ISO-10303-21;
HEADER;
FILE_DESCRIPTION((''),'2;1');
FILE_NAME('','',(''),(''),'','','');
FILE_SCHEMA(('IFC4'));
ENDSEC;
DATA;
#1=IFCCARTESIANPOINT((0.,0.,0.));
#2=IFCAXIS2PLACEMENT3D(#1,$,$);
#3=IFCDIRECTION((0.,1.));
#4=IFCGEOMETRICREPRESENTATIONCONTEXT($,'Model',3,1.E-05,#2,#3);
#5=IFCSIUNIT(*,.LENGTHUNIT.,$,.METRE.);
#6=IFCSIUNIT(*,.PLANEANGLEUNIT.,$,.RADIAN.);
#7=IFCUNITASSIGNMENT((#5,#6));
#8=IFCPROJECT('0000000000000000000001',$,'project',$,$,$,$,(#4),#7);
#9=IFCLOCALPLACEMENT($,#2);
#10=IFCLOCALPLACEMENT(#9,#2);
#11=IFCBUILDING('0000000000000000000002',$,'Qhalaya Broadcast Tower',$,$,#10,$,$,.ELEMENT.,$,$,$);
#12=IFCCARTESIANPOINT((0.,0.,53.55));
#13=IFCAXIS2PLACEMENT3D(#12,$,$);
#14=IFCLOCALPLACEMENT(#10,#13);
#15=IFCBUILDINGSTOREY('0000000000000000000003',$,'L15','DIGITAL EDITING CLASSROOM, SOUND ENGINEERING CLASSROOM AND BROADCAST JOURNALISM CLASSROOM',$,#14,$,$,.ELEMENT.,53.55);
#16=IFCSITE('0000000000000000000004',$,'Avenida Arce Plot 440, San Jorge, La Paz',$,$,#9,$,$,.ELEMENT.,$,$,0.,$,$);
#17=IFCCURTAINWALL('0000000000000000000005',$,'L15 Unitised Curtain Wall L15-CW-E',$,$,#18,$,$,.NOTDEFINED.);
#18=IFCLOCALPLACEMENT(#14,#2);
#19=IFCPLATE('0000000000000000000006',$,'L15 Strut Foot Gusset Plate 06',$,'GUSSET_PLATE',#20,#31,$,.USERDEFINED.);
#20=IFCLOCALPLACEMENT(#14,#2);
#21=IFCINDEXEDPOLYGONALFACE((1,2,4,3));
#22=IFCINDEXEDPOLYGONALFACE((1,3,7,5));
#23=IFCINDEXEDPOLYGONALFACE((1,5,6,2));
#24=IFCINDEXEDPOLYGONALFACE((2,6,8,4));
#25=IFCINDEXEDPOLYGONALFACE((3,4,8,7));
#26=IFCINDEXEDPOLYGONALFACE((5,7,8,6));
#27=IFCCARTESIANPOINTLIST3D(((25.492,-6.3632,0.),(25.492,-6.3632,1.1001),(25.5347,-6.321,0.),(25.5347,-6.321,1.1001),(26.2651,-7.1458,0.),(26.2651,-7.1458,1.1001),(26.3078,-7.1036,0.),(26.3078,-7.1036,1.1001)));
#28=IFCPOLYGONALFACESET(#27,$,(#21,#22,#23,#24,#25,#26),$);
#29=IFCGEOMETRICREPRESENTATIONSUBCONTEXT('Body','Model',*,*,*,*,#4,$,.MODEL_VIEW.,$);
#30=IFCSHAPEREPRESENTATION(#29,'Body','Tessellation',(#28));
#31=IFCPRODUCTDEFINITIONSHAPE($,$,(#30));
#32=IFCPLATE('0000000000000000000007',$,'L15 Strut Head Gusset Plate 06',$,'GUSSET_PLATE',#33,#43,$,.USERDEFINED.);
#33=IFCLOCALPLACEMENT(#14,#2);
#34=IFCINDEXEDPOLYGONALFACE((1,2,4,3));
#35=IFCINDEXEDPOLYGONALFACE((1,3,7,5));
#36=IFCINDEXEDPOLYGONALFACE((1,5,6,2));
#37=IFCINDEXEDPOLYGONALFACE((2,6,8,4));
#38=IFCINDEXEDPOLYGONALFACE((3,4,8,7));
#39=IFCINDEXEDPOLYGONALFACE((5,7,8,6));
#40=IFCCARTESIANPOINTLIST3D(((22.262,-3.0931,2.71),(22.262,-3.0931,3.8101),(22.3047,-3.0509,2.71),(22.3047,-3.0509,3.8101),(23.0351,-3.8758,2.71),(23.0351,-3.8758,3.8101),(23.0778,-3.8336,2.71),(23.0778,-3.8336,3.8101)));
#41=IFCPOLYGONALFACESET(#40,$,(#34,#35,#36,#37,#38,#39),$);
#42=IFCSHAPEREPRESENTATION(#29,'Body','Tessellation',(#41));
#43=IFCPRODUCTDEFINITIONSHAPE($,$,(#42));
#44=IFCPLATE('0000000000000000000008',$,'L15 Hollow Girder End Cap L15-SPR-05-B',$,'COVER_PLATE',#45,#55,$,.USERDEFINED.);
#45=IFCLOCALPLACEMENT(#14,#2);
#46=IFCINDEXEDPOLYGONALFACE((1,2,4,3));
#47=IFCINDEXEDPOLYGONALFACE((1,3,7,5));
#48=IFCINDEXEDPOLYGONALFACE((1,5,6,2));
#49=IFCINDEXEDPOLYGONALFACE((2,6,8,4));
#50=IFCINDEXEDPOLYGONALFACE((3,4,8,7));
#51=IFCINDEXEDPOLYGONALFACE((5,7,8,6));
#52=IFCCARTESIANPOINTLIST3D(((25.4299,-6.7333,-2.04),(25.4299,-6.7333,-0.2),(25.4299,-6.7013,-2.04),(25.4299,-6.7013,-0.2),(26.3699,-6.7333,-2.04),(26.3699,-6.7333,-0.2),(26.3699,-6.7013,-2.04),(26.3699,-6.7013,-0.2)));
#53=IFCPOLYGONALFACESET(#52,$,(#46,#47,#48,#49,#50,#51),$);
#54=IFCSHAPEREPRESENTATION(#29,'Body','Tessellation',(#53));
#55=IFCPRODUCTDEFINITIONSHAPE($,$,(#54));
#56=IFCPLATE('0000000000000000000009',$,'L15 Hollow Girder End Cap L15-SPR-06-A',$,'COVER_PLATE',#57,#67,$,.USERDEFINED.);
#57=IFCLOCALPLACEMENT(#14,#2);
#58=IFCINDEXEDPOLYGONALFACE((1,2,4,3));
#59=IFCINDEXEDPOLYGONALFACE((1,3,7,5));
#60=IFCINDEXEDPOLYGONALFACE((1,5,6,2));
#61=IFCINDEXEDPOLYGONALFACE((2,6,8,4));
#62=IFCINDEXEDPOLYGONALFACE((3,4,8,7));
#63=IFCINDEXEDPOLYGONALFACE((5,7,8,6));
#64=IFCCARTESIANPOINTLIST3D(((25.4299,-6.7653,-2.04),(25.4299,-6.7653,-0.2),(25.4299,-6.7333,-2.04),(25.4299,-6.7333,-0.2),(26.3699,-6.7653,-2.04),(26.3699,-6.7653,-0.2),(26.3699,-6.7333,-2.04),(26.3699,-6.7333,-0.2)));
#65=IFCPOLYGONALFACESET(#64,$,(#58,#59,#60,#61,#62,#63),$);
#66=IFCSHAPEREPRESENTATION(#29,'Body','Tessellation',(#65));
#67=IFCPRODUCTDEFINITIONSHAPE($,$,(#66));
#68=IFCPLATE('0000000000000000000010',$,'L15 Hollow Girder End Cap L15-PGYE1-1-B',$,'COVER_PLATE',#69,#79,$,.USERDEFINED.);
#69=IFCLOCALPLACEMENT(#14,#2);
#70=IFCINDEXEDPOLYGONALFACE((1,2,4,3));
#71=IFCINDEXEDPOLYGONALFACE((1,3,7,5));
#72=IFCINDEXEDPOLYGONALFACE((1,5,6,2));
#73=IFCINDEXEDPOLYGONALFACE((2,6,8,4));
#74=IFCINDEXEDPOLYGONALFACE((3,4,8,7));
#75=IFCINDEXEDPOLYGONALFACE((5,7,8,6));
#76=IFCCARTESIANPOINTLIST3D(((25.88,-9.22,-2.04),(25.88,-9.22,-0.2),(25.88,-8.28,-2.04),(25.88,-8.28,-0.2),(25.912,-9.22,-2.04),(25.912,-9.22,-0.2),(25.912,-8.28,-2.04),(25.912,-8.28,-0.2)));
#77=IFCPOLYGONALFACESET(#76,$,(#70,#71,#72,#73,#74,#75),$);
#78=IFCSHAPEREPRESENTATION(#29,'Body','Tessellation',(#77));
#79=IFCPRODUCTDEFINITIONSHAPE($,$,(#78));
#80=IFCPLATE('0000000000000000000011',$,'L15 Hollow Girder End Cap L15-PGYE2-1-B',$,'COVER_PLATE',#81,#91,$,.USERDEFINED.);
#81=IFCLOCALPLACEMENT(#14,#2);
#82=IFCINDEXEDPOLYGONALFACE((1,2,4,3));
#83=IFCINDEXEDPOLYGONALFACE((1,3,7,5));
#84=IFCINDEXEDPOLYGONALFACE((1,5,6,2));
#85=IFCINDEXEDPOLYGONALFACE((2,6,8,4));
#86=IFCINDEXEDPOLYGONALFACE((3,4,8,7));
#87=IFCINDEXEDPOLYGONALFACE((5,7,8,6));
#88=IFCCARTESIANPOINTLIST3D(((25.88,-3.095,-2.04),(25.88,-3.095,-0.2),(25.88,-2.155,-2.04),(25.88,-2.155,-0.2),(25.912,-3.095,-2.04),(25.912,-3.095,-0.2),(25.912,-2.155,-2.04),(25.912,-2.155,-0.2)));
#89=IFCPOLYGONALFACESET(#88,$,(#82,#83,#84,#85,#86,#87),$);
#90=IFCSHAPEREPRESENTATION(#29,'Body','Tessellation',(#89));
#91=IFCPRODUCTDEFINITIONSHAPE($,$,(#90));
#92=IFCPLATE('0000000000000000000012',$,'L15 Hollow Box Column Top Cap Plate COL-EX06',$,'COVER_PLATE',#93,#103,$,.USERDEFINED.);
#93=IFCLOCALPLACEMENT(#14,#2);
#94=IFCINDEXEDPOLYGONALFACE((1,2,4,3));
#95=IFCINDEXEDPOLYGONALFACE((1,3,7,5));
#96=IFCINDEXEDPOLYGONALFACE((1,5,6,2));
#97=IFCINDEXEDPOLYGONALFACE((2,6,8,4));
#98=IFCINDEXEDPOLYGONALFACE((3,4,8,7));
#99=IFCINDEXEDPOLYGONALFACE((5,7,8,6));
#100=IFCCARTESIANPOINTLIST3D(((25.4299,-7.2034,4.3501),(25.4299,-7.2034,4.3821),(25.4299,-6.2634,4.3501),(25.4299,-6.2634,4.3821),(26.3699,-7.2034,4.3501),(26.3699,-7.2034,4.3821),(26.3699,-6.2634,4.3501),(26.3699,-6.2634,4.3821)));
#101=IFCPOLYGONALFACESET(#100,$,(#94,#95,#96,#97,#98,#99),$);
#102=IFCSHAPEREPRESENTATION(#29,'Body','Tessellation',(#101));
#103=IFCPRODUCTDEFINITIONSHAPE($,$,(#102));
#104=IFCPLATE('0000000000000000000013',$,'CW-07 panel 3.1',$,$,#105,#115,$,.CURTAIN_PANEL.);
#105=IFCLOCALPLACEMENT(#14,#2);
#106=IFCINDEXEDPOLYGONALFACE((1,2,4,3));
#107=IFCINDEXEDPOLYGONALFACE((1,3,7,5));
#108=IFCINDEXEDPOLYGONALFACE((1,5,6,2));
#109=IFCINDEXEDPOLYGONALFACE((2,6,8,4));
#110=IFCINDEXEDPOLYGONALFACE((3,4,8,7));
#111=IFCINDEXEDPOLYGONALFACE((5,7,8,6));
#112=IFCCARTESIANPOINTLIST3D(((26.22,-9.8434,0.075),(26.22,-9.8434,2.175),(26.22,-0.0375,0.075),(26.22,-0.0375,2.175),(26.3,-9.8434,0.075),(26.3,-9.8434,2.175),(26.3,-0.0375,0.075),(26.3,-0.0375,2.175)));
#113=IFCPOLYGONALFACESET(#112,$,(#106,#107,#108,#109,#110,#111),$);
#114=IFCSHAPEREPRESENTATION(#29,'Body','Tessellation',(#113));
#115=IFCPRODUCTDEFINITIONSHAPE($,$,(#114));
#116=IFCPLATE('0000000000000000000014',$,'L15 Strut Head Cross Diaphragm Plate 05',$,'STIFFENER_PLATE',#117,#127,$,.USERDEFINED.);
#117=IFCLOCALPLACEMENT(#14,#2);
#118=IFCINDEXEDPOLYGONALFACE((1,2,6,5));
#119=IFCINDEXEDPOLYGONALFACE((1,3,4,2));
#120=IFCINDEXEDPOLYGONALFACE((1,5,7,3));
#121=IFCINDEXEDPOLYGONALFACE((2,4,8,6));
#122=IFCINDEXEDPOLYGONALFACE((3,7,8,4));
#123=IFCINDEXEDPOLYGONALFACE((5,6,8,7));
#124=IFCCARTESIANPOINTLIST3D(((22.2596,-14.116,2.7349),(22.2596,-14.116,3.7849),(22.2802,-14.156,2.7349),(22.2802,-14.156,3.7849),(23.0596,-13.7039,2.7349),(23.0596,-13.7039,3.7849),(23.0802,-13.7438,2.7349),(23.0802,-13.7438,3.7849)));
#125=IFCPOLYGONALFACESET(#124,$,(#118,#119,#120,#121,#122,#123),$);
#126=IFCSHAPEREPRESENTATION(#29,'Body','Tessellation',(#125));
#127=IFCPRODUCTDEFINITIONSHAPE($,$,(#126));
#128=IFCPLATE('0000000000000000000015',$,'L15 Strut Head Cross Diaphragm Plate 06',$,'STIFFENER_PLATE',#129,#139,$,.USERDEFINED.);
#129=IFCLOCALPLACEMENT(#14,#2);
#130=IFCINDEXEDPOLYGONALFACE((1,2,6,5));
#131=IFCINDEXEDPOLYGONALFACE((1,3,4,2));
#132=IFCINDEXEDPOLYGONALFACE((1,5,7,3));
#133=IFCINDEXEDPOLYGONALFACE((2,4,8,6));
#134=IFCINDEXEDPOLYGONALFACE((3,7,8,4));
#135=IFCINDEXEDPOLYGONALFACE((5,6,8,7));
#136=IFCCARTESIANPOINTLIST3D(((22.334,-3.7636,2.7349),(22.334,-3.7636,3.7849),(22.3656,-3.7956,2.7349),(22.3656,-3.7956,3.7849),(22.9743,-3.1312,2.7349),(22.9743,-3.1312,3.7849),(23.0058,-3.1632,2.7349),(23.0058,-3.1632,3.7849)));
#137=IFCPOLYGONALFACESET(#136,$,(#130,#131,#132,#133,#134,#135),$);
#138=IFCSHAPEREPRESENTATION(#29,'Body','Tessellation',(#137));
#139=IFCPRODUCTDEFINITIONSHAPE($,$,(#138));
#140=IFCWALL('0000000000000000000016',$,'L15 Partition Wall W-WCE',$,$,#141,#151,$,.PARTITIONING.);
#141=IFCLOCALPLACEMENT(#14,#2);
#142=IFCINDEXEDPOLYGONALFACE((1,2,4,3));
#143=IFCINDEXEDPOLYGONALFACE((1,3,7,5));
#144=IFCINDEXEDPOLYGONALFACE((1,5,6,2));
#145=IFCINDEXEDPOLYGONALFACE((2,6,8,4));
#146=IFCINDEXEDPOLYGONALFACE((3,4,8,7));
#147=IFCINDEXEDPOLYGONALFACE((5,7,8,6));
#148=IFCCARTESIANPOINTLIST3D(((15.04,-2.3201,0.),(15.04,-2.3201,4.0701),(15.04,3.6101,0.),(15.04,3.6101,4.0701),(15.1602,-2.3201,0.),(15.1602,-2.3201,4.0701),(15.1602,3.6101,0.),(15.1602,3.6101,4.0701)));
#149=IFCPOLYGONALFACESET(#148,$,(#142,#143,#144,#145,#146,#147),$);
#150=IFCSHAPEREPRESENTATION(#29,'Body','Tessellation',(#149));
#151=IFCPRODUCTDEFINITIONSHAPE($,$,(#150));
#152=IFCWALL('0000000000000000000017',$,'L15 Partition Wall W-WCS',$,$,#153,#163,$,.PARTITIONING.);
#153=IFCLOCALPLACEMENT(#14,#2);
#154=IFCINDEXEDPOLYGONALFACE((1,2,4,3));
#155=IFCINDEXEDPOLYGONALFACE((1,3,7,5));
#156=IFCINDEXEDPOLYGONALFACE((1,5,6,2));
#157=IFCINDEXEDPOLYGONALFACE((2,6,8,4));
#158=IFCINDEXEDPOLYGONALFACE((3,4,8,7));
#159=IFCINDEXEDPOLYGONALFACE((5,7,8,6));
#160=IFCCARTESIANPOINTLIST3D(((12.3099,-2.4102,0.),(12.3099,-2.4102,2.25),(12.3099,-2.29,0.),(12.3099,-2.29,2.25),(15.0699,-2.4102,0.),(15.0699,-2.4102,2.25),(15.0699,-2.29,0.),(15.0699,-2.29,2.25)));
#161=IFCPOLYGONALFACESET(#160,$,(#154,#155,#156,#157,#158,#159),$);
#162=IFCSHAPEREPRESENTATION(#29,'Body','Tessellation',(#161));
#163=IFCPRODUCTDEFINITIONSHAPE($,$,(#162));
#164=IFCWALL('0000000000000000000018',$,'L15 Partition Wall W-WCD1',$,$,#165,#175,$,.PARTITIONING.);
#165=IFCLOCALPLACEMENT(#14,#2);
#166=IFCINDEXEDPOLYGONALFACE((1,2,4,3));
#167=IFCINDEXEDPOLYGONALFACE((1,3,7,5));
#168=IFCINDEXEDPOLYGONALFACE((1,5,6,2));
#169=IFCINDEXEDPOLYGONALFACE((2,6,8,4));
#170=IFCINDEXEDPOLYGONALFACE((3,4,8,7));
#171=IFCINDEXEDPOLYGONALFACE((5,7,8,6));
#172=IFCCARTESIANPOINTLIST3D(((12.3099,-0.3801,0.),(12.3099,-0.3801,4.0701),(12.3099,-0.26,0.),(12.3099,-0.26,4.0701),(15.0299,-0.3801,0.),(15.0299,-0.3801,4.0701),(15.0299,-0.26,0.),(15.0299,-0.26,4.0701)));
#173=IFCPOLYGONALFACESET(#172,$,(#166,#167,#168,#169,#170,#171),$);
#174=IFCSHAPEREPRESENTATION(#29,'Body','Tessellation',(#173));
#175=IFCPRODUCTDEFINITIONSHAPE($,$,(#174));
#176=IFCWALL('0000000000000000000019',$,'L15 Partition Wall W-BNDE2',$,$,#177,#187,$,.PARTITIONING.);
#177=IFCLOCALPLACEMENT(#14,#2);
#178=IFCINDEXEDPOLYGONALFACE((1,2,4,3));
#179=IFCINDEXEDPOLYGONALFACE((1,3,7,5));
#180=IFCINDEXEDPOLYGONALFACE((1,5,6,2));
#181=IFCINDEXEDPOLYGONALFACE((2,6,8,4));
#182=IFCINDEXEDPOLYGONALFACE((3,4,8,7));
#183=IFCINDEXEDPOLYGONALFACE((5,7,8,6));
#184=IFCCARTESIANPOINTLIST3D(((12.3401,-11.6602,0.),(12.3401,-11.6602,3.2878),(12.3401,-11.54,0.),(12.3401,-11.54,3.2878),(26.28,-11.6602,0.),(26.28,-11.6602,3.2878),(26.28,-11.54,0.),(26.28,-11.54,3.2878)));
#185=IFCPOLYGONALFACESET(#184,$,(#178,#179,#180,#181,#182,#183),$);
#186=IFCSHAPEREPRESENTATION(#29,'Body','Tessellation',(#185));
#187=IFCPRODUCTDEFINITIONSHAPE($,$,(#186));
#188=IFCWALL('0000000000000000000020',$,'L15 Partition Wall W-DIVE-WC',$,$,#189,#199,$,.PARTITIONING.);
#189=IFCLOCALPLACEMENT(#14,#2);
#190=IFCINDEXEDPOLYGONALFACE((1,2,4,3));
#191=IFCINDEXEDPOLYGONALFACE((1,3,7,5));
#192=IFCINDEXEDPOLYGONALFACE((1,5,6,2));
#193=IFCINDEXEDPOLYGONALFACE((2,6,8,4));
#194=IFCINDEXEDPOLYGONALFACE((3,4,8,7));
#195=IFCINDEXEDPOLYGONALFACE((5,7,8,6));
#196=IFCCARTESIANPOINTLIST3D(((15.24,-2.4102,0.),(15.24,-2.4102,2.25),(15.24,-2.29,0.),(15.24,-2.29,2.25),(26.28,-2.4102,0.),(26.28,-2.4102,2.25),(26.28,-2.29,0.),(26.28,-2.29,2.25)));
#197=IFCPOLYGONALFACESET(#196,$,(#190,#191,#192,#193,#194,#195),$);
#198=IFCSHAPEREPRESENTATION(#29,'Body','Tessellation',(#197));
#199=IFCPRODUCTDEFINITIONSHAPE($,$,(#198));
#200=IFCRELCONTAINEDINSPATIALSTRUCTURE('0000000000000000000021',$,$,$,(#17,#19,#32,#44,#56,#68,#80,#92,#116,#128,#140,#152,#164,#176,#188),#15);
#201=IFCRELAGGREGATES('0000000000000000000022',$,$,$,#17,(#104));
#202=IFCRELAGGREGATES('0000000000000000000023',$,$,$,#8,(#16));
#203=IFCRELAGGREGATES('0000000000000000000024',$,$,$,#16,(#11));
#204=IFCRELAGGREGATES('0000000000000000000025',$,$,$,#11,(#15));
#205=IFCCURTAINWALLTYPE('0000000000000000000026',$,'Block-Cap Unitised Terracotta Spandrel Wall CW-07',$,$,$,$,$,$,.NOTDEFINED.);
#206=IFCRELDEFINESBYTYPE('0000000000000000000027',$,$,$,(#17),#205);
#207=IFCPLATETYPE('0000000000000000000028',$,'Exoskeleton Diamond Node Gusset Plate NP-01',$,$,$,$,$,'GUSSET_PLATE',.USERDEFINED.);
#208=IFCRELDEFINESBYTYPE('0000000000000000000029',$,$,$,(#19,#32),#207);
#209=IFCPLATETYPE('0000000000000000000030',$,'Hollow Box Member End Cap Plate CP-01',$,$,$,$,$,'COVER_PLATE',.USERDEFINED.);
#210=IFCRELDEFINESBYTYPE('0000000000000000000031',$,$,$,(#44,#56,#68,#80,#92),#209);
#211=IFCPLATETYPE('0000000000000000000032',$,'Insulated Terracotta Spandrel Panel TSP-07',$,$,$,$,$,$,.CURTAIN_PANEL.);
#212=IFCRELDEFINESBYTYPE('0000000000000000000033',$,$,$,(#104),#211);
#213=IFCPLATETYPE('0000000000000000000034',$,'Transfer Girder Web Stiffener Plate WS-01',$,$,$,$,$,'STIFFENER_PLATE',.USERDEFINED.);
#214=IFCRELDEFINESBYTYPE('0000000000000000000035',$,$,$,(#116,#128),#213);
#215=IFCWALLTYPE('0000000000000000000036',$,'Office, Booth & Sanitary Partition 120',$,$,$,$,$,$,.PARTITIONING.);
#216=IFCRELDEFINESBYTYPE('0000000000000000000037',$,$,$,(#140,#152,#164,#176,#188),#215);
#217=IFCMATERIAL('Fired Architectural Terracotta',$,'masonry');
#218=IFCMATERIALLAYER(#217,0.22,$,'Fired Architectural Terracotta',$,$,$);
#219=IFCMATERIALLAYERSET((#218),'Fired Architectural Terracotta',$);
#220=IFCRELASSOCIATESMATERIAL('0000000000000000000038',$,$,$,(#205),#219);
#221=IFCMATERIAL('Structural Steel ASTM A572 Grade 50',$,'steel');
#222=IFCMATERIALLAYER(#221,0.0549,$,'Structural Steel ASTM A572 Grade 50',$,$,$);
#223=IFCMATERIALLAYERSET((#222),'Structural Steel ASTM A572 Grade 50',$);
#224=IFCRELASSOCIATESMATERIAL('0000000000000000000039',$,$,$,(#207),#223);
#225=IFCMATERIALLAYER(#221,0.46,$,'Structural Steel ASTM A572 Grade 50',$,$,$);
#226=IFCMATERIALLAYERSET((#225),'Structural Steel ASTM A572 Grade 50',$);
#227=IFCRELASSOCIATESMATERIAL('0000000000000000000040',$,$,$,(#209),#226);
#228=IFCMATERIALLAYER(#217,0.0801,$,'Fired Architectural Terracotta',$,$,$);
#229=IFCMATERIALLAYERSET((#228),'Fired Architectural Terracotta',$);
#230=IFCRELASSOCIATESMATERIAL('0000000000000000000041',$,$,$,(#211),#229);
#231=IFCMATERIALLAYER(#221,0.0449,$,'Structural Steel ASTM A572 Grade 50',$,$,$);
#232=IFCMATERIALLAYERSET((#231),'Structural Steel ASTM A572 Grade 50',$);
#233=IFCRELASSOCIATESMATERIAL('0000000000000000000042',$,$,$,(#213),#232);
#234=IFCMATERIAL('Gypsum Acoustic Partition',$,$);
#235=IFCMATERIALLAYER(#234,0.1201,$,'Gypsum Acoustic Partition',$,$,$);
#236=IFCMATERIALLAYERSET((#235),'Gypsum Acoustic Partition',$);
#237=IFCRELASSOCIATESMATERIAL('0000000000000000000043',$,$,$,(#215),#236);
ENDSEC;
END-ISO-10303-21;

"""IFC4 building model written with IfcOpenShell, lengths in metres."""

from ifc_helpers import new_model, si_unit, direction, frame, frame_2d, origin, origin_2d, place, context, subcontext, project, spatial, rectangle, extrude, material, layer, layer_set, type_object, element, aggregate, save


model = new_model("IFC4")

# Units and contexts
model_context = context("Model", 3, precision=1e-05, world=origin(), true_north=direction((0.0, 1.0)))
body_context = subcontext(model_context, "Body", "Model", "MODEL_VIEW")
ifc_project = project(units=[si_unit("LENGTHUNIT", "METRE"), si_unit("PLANEANGLEUNIT", "RADIAN")], contexts=[model_context])

# Site, building, storey
site_placement = place(None, origin())
site = spatial("IfcSite", under=ifc_project, at=site_placement, Name="Avenida Arce Plot 440, San Jorge, La Paz", CompositionType="ELEMENT", RefElevation=0.0)
building_placement = place(site_placement, origin())
building = spatial("IfcBuilding", under=site, at=building_placement, Name="Qhalaya Broadcast Tower", CompositionType="ELEMENT")
storey_placement = place(building_placement, frame((0.0, 0.0, 53.55)))
storey = spatial("IfcBuildingStorey", under=building, at=storey_placement, Name="L15", Description="DIGITAL EDITING CLASSROOM, SOUND ENGINEERING CLASSROOM AND BROADCAST JOURNALISM CLASSROOM", CompositionType="ELEMENT", Elevation=53.55)

# Shared definitions
ifc_material_1 = material(Name="Structural Steel ASTM A572 Grade 50", Category="steel")

# Curtain wall
ifc_material_2 = material(Name="Fired Architectural Terracotta", Category="masonry")
ifc_layer_1 = layer(ifc_material_2, 0.22, Name="Fired Architectural Terracotta")
ifc_layer_set_1 = layer_set([ifc_layer_1], Name="Fired Architectural Terracotta")
curtain_wall_type = type_object("IfcCurtainWallType", Name="Block-Cap Unitised Terracotta Spandrel Wall CW-07", PredefinedType="NOTDEFINED", material=ifc_layer_set_1)
curtain_wall_placement = place(storey_placement, origin())
curtain_wall = element("IfcCurtainWall", 1, at=curtain_wall_placement, inside=storey, type_object=curtain_wall_type, Name="L15 Unitised Curtain Wall L15-CW-E", PredefinedType="NOTDEFINED")

# Plates
ifc_layer_2 = layer(ifc_material_1, 0.0549, Name="Structural Steel ASTM A572 Grade 50")
ifc_layer_set_2 = layer_set([ifc_layer_2], Name="Structural Steel ASTM A572 Grade 50")
plate_type_1 = type_object("IfcPlateType", Name="Exoskeleton Diamond Node Gusset Plate NP-01", ElementType="GUSSET_PLATE", PredefinedType="USERDEFINED", material=ifc_layer_set_2)
for number, where, z_axis, x_axis, name in (
    (2, (25.8999, -6.7334, 0.0), (0.0, 0.0, 1.0), (-0.702737, 0.71145, 0.0), "L15 Strut Foot Gusset Plate 06"),
    (3, (22.6699, -3.4634, 2.71), (0.0, 0.0, 1.0), (-0.702737, 0.71145, 0.0), "L15 Strut Head Gusset Plate 06"),
):
    element("IfcPlate", number, at=place(storey_placement, frame(where, z_axis=z_axis, x_axis=x_axis)), inside=storey, type_object=plate_type_1, Name=name, ObjectType="GUSSET_PLATE", PredefinedType="USERDEFINED", context=body_context, shape_type="SweptSolid", body=[
        extrude(rectangle(XDim=1.1001, YDim=0.0601, at=origin_2d()), origin(), (0.0, 0.0, 1.0), 1.1001),
    ])
ifc_layer_3 = layer(ifc_material_1, 0.46, Name="Structural Steel ASTM A572 Grade 50")
ifc_layer_set_3 = layer_set([ifc_layer_3], Name="Structural Steel ASTM A572 Grade 50")
plate_type_2 = type_object("IfcPlateType", Name="Hollow Box Member End Cap Plate CP-01", ElementType="COVER_PLATE", PredefinedType="USERDEFINED", material=ifc_layer_set_3)
for number, where, z_axis, x_axis, name in (
    (4, (25.8999, -6.7173, -2.04), (0.0, 0.0, 1.0), (-1.0, 0.0, 0.0), "L15 Hollow Girder End Cap L15-SPR-05-B"),
    (5, (25.8999, -6.7493, -2.04), (0.0, 0.0, 1.0), (-1.0, 0.0, 0.0), "L15 Hollow Girder End Cap L15-SPR-06-A"),
    (6, (25.896, -8.75, -2.04), (0.0, 0.0, 1.0), (0.0, 1.0, 0.0), "L15 Hollow Girder End Cap L15-PGYE1-1-B"),
    (7, (25.896, -2.625, -2.04), (0.0, 0.0, 1.0), (0.0, 1.0, 0.0), "L15 Hollow Girder End Cap L15-PGYE2-1-B"),
):
    element("IfcPlate", number, at=place(storey_placement, frame(where, z_axis=z_axis, x_axis=x_axis)), inside=storey, type_object=plate_type_2, Name=name, ObjectType="COVER_PLATE", PredefinedType="USERDEFINED", context=body_context, shape_type="SweptSolid", body=[
        extrude(rectangle(XDim=0.9399, YDim=0.032, at=origin_2d()), origin(), (0.0, 0.0, 1.0), 1.8401),
    ])
plate_1_placement = place(storey_placement, frame((25.8999, -6.7334, 4.3501), z_axis=(0.0, 0.0, 1.0), x_axis=(0.0, 1.0, 0.0)))
element("IfcPlate", 8, at=plate_1_placement, inside=storey, type_object=plate_type_2, Name="L15 Hollow Box Column Top Cap Plate COL-EX06", ObjectType="COVER_PLATE", PredefinedType="USERDEFINED", context=body_context, shape_type="SweptSolid", body=[
    extrude(rectangle(XDim=0.9399, YDim=0.9399, at=origin_2d()), origin(), (0.0, 0.0, 1.0), 0.032),
])

# Plate
ifc_layer_4 = layer(ifc_material_2, 0.0801, Name="Fired Architectural Terracotta")
ifc_layer_set_4 = layer_set([ifc_layer_4], Name="Fired Architectural Terracotta")
plate_type_3 = type_object("IfcPlateType", Name="Insulated Terracotta Spandrel Panel TSP-07", PredefinedType="CURTAIN_PANEL", material=ifc_layer_set_4)
plate_2_placement = place(storey_placement, frame((26.26, -4.9404, 0.075), z_axis=(0.0, 0.0, 1.0), x_axis=(0.0, -1.0, 0.0)))
plate_2 = element("IfcPlate", 9, at=plate_2_placement, type_object=plate_type_3, Name="CW-07 panel 3.1", PredefinedType="CURTAIN_PANEL", context=body_context, shape_type="SweptSolid", body=[
    extrude(rectangle(XDim=9.8059, YDim=0.0801, at=origin_2d()), origin(), (0.0, 0.0, 1.0), 2.1001),
])
aggregate(curtain_wall, [plate_2])

# Plates
ifc_layer_5 = layer(ifc_material_1, 0.0449, Name="Structural Steel ASTM A572 Grade 50")
ifc_layer_set_5 = layer_set([ifc_layer_5], Name="Structural Steel ASTM A572 Grade 50")
plate_type_4 = type_object("IfcPlateType", Name="Transfer Girder Web Stiffener Plate WS-01", ElementType="STIFFENER_PLATE", PredefinedType="USERDEFINED", material=ifc_layer_set_5)
for number, where, z_axis, x_axis, name in (
    (10, (22.6699, -13.9299, 2.7349), (0.0, 0.0, 1.0), (-0.888977, -0.457951, 0.0), "L15 Strut Head Cross Diaphragm Plate 05"),
    (11, (22.6699, -3.4634, 2.7349), (0.0, 0.0, 1.0), (-0.71145, -0.702737, 0.0), "L15 Strut Head Cross Diaphragm Plate 06"),
):
    element("IfcPlate", number, at=place(storey_placement, frame(where, z_axis=z_axis, x_axis=x_axis)), inside=storey, type_object=plate_type_4, Name=name, ObjectType="STIFFENER_PLATE", PredefinedType="USERDEFINED", context=body_context, shape_type="SweptSolid", body=[
        extrude(rectangle(XDim=0.8999, YDim=0.0449, at=origin_2d()), origin(), (0.0, 0.0, 1.0), 1.05),
    ])

# Walls
ifc_material_3 = material(Name="Gypsum Acoustic Partition")
ifc_layer_6 = layer(ifc_material_3, 0.1201, Name="Gypsum Acoustic Partition")
ifc_layer_set_6 = layer_set([ifc_layer_6], Name="Gypsum Acoustic Partition")
wall_type = type_object("IfcWallType", Name="Office, Booth & Sanitary Partition 120", PredefinedType="PARTITIONING", material=ifc_layer_set_6)
wall_1_placement = place(storey_placement, frame((15.1001, -2.3201, 0.0), z_axis=(0.0, 0.0, 1.0), x_axis=(0.0, 1.0, 0.0)))
element("IfcWall", 12, at=wall_1_placement, inside=storey, type_object=wall_type, Name="L15 Partition Wall W-WCE", PredefinedType="PARTITIONING", context=body_context, shape_type="SweptSolid", body=[
    extrude(rectangle(XDim=5.9302, YDim=0.1201, at=frame_2d((2.9651, 0.0))), origin(), (0.0, 0.0, 1.0), 4.0701),
])
wall_2_placement = place(storey_placement, frame((12.3101, -2.3501, 0.0), z_axis=(0.0, 0.0, 1.0), x_axis=(1.0, 0.0, 0.0)))
element("IfcWall", 13, at=wall_2_placement, inside=storey, type_object=wall_type, Name="L15 Partition Wall W-WCS", PredefinedType="PARTITIONING", context=body_context, shape_type="SweptSolid", body=[
    extrude(rectangle(XDim=2.76, YDim=0.1201, at=frame_2d((1.3799, 0.0))), origin(), (0.0, 0.0, 1.0), 2.25),
])
wall_3_placement = place(storey_placement, frame((12.3101, -0.3201, 0.0), z_axis=(0.0, 0.0, 1.0), x_axis=(1.0, 0.0, 0.0)))
element("IfcWall", 14, at=wall_3_placement, inside=storey, type_object=wall_type, Name="L15 Partition Wall W-WCD1", PredefinedType="PARTITIONING", context=body_context, shape_type="SweptSolid", body=[
    extrude(rectangle(XDim=2.72, YDim=0.1201, at=frame_2d((1.3599, 0.0))), origin(), (0.0, 0.0, 1.0), 4.0701),
])
wall_4_placement = place(storey_placement, frame((12.3401, -11.6001, 0.0), z_axis=(0.0, 0.0, 1.0), x_axis=(1.0, 0.0, 0.0)))
element("IfcWall", 15, at=wall_4_placement, inside=storey, type_object=wall_type, Name="L15 Partition Wall W-BNDE2", PredefinedType="PARTITIONING", context=body_context, shape_type="SweptSolid", body=[
    extrude(rectangle(XDim=13.9399, YDim=0.1201, at=frame_2d((6.97, 0.0))), origin(), (0.0, 0.0, 1.0), 3.2878),
])
wall_5_placement = place(storey_placement, frame((15.24, -2.3501, 0.0), z_axis=(0.0, 0.0, 1.0), x_axis=(1.0, 0.0, 0.0)))
element("IfcWall", 16, at=wall_5_placement, inside=storey, type_object=wall_type, Name="L15 Partition Wall W-DIVE-WC", PredefinedType="PARTITIONING", context=body_context, shape_type="SweptSolid", body=[
    extrude(rectangle(XDim=11.04, YDim=0.1201, at=frame_2d((5.52, 0.0))), origin(), (0.0, 0.0, 1.0), 2.25),
])

save(model, "model.ifc")
